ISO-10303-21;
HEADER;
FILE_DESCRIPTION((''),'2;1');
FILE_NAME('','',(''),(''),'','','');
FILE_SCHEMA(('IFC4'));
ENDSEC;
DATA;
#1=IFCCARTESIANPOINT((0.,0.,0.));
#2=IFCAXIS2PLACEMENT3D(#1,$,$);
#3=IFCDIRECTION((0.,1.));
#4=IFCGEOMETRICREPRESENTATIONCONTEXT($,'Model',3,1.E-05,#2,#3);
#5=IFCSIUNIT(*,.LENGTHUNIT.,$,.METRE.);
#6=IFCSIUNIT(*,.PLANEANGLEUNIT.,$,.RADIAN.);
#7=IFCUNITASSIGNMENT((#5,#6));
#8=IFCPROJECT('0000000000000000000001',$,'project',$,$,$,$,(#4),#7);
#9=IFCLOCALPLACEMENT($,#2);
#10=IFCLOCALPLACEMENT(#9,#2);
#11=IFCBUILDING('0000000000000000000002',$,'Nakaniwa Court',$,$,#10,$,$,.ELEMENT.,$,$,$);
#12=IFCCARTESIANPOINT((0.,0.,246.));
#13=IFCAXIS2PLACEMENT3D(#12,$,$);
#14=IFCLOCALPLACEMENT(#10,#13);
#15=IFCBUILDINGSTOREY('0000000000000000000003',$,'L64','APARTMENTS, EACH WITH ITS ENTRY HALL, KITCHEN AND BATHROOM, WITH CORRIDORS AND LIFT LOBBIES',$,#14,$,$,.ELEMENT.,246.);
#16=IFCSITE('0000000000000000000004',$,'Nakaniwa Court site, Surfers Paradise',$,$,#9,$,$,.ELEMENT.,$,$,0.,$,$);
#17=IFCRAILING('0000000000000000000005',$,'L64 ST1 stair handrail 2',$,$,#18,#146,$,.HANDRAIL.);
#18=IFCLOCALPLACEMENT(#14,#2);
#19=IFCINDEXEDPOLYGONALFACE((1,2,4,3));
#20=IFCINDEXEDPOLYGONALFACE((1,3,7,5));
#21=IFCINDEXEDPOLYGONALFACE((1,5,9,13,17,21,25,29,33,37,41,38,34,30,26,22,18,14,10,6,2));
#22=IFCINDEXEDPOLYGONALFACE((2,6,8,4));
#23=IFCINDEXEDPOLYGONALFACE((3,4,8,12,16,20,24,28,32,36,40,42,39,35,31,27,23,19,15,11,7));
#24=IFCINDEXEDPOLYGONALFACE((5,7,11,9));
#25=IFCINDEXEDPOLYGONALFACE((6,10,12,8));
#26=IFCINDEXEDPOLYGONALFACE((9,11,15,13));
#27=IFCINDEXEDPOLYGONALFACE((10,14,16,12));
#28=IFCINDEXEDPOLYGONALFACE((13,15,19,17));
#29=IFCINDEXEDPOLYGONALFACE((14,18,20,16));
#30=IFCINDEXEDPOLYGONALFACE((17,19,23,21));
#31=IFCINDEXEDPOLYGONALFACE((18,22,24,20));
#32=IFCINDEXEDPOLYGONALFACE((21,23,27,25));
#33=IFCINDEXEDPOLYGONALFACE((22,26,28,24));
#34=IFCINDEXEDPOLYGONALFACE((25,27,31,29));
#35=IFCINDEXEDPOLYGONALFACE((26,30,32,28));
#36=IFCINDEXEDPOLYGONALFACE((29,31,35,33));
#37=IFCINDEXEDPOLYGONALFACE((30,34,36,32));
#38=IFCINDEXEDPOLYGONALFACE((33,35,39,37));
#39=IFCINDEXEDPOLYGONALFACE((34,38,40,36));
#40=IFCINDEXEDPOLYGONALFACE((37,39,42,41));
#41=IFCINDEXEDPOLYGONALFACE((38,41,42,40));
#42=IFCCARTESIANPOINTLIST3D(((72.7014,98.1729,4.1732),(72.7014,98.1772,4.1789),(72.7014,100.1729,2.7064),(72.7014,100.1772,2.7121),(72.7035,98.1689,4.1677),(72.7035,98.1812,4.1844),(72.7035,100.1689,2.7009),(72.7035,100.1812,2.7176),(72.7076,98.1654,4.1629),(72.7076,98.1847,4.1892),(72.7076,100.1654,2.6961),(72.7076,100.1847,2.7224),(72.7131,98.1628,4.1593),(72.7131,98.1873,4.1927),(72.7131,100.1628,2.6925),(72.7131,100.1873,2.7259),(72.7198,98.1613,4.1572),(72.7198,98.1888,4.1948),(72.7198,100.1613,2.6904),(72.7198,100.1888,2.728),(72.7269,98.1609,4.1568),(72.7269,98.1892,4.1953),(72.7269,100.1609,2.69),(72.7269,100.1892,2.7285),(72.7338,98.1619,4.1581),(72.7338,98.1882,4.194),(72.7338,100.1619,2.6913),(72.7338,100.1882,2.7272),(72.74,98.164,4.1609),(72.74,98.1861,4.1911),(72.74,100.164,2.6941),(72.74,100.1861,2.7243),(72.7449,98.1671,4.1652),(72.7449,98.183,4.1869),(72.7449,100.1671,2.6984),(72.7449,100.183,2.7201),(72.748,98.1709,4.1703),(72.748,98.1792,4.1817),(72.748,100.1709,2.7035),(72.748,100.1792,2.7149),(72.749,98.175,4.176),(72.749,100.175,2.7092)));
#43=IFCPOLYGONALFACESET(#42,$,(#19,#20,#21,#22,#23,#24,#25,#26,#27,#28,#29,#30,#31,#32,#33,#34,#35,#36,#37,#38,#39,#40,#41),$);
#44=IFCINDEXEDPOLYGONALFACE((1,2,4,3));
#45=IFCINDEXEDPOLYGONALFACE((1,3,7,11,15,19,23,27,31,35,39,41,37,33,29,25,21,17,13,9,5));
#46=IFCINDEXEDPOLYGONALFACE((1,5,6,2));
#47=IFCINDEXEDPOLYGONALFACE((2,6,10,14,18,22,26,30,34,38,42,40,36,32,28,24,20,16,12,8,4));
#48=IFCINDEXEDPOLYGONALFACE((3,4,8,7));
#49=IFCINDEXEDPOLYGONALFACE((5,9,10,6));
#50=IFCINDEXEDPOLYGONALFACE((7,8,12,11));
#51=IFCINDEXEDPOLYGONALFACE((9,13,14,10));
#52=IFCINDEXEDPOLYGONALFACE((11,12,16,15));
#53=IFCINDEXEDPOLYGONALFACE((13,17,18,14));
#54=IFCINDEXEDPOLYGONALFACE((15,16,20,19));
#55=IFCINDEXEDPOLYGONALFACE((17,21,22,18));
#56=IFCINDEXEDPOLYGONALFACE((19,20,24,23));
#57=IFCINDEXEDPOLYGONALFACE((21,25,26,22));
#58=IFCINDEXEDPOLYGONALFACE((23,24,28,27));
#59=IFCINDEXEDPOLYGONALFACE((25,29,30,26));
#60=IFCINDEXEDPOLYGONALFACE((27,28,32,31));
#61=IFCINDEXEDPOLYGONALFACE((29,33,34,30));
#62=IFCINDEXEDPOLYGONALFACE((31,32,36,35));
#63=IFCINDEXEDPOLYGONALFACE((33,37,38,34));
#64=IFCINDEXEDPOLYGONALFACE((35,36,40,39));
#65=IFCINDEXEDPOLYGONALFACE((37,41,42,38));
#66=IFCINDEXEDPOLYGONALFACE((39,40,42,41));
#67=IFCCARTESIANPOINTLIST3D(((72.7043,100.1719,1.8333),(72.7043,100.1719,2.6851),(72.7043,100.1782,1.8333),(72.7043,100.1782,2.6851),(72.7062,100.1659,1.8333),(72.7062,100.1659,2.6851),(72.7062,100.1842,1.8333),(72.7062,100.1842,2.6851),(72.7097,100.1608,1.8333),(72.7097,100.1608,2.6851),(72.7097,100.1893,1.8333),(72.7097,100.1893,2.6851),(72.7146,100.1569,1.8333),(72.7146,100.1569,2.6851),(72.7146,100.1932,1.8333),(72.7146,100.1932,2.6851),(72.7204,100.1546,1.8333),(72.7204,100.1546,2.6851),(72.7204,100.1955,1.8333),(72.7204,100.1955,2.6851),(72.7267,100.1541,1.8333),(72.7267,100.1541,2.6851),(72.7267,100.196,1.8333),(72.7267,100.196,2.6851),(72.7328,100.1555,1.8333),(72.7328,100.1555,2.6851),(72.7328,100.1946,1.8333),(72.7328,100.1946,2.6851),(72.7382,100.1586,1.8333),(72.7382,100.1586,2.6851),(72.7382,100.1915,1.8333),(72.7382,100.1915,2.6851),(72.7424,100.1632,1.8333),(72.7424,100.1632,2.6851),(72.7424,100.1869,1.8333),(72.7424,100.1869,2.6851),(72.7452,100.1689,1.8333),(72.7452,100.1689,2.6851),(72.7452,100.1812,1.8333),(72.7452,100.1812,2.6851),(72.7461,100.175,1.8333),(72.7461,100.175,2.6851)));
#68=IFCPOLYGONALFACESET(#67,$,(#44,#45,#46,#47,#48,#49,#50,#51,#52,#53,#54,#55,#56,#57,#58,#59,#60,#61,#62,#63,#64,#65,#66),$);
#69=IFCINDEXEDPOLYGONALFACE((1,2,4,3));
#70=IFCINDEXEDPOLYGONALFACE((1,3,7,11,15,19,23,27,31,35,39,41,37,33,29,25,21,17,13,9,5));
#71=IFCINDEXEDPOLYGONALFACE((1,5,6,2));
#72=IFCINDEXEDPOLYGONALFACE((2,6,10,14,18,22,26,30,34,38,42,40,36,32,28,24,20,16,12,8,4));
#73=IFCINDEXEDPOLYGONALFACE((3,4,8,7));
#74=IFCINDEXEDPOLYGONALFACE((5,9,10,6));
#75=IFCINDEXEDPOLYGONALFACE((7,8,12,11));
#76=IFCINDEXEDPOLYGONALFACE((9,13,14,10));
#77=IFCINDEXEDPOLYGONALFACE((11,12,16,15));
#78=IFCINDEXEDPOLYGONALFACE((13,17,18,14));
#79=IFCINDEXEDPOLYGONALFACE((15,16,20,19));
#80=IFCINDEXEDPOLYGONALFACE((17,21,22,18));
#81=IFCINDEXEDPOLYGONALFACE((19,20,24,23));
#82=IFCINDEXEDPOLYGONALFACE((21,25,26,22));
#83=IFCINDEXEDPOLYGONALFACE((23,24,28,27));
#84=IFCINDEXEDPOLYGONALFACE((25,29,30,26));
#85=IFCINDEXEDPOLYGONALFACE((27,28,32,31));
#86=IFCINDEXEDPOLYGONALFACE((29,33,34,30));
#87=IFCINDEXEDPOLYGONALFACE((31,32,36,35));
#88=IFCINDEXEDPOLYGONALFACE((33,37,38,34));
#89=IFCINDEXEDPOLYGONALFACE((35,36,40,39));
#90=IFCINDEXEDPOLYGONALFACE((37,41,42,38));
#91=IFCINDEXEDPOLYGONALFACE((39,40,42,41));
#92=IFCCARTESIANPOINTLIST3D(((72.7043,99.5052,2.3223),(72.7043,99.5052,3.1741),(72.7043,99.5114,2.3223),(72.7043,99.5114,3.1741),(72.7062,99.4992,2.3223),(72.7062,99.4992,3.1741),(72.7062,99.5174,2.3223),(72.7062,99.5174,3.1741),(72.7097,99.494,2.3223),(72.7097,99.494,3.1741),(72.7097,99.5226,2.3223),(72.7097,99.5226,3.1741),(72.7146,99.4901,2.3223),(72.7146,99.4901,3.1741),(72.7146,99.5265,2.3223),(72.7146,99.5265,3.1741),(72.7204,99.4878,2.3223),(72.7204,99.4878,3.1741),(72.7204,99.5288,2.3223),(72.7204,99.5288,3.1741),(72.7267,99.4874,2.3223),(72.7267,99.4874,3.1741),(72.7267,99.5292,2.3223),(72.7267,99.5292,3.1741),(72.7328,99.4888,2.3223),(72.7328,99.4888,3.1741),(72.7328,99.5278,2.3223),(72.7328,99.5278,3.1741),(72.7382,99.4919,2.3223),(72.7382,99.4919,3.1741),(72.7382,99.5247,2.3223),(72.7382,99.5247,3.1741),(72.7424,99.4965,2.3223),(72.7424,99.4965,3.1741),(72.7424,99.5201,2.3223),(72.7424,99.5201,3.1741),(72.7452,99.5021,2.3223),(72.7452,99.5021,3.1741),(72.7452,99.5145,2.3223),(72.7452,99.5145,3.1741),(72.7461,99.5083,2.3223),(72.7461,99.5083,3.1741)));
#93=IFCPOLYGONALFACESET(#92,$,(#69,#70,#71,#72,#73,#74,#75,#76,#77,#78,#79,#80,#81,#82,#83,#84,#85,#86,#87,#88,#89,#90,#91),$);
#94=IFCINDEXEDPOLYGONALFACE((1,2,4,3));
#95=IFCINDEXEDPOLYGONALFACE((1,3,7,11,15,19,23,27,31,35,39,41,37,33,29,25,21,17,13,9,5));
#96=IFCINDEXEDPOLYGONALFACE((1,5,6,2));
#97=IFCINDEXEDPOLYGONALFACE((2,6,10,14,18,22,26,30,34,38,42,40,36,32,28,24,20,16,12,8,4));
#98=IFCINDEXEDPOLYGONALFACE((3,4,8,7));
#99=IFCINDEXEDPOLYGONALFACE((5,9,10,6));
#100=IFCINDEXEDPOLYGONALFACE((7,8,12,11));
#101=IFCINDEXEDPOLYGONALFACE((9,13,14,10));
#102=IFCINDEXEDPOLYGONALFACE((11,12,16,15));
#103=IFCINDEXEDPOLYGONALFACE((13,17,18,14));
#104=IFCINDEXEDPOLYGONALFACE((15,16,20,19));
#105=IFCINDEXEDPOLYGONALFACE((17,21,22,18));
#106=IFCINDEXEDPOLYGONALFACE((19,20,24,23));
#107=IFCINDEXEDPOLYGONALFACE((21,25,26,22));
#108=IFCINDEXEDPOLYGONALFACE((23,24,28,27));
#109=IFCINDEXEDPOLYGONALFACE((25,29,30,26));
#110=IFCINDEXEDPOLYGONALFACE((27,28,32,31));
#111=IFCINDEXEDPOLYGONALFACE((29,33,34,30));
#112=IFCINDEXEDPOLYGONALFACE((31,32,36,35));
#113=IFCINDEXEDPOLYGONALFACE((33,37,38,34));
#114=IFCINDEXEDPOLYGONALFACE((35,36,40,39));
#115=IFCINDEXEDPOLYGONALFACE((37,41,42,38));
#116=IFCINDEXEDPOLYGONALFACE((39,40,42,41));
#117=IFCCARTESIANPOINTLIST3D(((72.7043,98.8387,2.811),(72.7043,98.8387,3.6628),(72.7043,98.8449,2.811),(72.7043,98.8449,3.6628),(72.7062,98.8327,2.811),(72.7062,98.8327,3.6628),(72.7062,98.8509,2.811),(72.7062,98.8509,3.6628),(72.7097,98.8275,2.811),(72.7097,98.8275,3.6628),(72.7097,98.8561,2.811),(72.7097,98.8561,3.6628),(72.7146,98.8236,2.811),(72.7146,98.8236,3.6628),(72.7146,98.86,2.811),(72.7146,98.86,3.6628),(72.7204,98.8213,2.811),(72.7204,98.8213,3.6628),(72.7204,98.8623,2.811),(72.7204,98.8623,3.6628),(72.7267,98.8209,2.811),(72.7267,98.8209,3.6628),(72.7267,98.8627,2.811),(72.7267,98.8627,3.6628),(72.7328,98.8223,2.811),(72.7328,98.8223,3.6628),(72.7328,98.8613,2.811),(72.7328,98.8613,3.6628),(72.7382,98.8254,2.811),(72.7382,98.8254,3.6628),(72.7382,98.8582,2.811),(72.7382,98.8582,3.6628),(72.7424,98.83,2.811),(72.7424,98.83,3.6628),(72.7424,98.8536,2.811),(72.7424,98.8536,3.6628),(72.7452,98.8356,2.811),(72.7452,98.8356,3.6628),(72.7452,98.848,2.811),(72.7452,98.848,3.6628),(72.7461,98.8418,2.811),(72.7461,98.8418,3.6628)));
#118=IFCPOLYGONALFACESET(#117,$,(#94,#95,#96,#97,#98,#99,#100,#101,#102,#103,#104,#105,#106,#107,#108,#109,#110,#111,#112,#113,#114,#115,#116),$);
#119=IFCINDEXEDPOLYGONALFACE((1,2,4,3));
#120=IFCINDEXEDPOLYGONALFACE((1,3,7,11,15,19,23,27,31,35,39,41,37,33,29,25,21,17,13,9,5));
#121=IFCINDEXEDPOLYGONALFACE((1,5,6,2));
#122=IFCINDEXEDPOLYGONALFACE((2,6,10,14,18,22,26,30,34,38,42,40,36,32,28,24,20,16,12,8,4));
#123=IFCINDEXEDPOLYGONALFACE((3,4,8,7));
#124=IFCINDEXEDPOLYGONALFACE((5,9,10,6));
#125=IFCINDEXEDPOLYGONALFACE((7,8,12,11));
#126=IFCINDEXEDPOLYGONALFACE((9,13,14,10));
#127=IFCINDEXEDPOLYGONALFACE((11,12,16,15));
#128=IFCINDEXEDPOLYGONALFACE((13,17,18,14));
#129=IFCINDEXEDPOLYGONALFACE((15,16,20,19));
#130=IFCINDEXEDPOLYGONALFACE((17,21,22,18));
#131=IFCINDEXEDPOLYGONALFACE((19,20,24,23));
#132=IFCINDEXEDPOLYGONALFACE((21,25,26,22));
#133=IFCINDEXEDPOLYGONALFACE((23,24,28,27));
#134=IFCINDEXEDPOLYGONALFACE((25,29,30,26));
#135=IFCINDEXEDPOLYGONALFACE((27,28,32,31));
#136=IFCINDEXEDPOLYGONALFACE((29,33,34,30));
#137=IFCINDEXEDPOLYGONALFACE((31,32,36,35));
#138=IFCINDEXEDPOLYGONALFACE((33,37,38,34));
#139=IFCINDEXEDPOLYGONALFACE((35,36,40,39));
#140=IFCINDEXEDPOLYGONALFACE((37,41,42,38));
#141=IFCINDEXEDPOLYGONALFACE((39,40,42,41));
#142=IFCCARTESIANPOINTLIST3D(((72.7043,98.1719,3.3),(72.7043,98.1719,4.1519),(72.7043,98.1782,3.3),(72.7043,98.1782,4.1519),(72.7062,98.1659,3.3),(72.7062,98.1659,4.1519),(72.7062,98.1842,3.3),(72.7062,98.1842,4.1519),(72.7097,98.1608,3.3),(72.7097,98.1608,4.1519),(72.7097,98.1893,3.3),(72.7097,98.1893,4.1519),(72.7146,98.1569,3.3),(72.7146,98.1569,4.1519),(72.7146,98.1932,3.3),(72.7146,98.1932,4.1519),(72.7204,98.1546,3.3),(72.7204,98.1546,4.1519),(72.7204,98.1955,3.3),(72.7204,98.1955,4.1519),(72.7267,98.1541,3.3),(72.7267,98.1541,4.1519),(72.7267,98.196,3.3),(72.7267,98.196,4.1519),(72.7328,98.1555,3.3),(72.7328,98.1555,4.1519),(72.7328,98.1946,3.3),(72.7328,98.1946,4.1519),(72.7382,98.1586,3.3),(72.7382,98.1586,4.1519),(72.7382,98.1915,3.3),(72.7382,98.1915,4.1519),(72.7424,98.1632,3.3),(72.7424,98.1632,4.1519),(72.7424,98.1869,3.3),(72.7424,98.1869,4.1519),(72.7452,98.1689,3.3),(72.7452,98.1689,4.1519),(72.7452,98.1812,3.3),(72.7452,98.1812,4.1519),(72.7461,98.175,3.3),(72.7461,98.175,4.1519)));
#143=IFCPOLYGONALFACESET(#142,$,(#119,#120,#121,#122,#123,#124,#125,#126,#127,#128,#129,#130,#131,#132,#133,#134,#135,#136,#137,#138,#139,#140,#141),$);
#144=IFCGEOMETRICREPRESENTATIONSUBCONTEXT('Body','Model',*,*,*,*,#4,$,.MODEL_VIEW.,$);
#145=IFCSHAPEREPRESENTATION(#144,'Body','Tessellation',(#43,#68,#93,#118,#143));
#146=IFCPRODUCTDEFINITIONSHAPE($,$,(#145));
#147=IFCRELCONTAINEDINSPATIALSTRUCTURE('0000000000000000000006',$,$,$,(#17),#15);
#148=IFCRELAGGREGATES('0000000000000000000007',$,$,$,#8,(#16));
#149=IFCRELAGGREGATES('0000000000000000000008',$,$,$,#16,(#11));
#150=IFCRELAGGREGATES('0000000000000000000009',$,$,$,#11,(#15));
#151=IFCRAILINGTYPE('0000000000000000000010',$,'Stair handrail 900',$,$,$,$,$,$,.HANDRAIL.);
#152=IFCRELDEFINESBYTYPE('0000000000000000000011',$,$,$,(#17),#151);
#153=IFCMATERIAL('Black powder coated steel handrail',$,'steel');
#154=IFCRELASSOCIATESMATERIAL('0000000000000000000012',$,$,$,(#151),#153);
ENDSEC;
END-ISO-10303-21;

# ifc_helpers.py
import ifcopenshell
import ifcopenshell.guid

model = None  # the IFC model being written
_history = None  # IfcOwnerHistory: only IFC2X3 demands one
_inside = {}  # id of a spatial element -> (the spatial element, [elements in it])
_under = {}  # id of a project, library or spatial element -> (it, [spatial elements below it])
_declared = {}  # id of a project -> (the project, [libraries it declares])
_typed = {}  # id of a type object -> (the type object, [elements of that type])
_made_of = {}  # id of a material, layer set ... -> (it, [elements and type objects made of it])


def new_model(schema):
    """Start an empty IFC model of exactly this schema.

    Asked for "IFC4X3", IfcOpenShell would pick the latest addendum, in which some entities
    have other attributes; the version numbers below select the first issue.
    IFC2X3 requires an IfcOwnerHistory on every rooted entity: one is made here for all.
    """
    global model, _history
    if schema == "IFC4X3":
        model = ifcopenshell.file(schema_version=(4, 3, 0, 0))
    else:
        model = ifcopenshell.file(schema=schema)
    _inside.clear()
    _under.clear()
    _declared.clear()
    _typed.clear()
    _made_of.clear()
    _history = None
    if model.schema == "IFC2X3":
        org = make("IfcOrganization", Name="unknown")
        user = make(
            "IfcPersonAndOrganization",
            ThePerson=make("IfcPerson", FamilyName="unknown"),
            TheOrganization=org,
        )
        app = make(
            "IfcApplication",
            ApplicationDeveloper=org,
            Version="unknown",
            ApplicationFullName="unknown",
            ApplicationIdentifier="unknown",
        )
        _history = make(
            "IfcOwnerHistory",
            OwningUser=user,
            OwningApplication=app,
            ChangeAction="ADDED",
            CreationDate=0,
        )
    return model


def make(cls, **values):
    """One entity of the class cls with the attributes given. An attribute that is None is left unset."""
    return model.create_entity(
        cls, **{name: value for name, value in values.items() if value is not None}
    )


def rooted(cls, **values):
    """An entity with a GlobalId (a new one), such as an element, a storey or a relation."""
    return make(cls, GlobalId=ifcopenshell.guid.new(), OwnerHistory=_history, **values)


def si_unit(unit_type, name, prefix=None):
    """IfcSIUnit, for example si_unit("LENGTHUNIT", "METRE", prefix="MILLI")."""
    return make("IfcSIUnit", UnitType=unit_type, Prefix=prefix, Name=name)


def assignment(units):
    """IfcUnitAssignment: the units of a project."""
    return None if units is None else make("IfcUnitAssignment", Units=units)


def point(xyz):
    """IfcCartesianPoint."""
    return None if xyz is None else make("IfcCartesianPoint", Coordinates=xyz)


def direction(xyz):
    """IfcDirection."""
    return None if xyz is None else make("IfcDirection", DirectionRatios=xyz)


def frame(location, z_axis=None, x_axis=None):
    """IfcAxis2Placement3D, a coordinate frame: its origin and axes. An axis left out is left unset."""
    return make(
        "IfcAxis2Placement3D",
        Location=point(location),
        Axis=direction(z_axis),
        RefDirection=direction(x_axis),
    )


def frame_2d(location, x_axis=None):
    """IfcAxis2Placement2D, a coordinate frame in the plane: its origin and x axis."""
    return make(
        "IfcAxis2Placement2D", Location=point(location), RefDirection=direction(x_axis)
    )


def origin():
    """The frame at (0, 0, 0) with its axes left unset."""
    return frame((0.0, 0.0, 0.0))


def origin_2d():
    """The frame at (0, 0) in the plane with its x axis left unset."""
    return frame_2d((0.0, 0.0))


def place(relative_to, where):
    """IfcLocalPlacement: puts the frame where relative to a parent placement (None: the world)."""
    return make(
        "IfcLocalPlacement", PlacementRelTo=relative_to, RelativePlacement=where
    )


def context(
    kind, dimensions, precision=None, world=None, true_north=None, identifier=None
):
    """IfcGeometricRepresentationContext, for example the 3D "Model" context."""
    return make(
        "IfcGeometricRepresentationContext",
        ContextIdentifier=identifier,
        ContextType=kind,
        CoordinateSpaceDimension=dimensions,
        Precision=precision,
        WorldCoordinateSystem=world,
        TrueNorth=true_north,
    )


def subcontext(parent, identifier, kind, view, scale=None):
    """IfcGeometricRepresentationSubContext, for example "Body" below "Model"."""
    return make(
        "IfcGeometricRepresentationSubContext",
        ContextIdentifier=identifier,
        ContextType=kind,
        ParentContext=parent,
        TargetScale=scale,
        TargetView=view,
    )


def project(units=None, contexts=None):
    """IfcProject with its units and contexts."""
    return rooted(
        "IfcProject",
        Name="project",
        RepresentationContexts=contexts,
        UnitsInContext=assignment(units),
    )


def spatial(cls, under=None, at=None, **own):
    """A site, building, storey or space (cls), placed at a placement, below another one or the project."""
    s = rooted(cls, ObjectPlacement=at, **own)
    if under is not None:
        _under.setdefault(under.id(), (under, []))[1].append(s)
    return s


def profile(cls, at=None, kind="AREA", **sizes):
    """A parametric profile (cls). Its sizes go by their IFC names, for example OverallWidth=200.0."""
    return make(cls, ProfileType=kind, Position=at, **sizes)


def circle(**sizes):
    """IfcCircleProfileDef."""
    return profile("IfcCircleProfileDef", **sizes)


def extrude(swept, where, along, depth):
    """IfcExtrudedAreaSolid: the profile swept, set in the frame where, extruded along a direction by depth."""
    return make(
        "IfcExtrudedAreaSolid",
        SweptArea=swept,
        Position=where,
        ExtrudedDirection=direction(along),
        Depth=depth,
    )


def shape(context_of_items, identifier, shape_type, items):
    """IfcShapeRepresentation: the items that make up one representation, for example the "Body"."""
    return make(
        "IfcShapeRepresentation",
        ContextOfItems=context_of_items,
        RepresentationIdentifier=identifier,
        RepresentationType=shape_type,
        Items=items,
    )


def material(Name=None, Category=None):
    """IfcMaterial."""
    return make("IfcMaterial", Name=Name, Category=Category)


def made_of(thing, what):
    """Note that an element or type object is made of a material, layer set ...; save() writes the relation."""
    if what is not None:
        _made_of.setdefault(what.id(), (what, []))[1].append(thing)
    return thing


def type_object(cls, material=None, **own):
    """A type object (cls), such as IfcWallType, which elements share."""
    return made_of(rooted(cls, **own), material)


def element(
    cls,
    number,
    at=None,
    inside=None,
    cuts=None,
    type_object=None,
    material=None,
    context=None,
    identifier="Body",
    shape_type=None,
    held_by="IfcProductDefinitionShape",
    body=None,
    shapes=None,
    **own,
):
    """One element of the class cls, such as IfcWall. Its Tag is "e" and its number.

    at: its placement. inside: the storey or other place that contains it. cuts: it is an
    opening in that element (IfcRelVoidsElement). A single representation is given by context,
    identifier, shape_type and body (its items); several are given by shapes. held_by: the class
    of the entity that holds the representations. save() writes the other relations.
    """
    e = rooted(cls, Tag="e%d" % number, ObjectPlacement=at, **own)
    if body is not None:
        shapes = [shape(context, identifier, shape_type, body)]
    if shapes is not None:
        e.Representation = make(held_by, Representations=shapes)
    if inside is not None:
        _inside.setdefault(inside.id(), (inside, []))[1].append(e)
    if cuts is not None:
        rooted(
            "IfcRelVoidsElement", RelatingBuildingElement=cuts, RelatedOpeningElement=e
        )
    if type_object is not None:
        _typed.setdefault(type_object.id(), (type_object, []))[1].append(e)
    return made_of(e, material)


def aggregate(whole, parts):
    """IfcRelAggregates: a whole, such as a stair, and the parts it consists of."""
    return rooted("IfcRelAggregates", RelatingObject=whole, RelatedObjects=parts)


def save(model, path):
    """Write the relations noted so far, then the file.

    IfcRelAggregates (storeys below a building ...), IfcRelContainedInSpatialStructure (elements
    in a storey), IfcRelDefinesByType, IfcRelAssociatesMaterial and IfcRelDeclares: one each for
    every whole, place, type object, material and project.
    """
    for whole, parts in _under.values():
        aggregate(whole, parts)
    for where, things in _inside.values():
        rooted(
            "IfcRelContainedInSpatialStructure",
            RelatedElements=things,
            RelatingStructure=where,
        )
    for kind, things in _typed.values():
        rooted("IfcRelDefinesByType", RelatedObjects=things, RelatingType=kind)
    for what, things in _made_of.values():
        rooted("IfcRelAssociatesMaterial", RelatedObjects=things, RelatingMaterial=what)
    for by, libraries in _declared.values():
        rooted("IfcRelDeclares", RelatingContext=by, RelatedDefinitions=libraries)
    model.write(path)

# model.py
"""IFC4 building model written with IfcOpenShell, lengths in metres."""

from ifc_helpers import new_model, si_unit, direction, frame, origin, origin_2d, place, context, subcontext, project, spatial, circle, extrude, material, type_object, element, save


model = new_model("IFC4")

# Units and contexts
model_context = context("Model", 3, precision=1e-05, world=origin(), true_north=direction((0.0, 1.0)))
body_context = subcontext(model_context, "Body", "Model", "MODEL_VIEW")
ifc_project = project(units=[si_unit("LENGTHUNIT", "METRE"), si_unit("PLANEANGLEUNIT", "RADIAN")], contexts=[model_context])

# Site, building, storey
site_placement = place(None, origin())
site = spatial("IfcSite", under=ifc_project, at=site_placement, Name="Nakaniwa Court site, Surfers Paradise", CompositionType="ELEMENT", RefElevation=0.0)
building_placement = place(site_placement, origin())
building = spatial("IfcBuilding", under=site, at=building_placement, Name="Nakaniwa Court", CompositionType="ELEMENT")
storey_placement = place(building_placement, frame((0.0, 0.0, 246.0)))
storey = spatial("IfcBuildingStorey", under=building, at=storey_placement, Name="L64", Description="APARTMENTS, EACH WITH ITS ENTRY HALL, KITCHEN AND BATHROOM, WITH CORRIDORS AND LIFT LOBBIES", CompositionType="ELEMENT", Elevation=246.0)

# Railing
ifc_material_1 = material(Name="Black powder coated steel handrail", Category="steel")
railing_type_1 = type_object("IfcRailingType", Name="Stair handrail 900", PredefinedType="HANDRAIL", material=ifc_material_1)
railing_1_placement = place(storey_placement, frame((72.7251, 100.175, 1.8333)))
element("IfcRailing", 1, at=railing_1_placement, inside=storey, type_object=railing_type_1, Name="L64 ST1 stair handrail 2", PredefinedType="HANDRAIL", context=body_context, shape_type="SweptSolid", body=[
    extrude(circle(Radius=0.0239, at=origin_2d()), frame((0.0, 0.0, 0.876), z_axis=(0.0, -0.80638, 0.591398), x_axis=(1.0, 0.0, 0.0)), (0.0, 0.0, 1.0), 2.4802),
    extrude(circle(Radius=0.021, at=origin_2d()), origin(), (0.0, 0.0, 1.0), 0.8518),
    extrude(circle(Radius=0.021, at=origin_2d()), frame((0.0, -0.6667, 0.489)), (0.0, 0.0, 1.0), 0.8518),
    extrude(circle(Radius=0.021, at=origin_2d()), frame((0.0, -1.3333, 0.9778)), (0.0, 0.0, 1.0), 0.8518),
    extrude(circle(Radius=0.021, at=origin_2d()), frame((0.0, -2.0, 1.4668)), (0.0, 0.0, 1.0), 0.8518),
])

save(model, "model.ifc")
